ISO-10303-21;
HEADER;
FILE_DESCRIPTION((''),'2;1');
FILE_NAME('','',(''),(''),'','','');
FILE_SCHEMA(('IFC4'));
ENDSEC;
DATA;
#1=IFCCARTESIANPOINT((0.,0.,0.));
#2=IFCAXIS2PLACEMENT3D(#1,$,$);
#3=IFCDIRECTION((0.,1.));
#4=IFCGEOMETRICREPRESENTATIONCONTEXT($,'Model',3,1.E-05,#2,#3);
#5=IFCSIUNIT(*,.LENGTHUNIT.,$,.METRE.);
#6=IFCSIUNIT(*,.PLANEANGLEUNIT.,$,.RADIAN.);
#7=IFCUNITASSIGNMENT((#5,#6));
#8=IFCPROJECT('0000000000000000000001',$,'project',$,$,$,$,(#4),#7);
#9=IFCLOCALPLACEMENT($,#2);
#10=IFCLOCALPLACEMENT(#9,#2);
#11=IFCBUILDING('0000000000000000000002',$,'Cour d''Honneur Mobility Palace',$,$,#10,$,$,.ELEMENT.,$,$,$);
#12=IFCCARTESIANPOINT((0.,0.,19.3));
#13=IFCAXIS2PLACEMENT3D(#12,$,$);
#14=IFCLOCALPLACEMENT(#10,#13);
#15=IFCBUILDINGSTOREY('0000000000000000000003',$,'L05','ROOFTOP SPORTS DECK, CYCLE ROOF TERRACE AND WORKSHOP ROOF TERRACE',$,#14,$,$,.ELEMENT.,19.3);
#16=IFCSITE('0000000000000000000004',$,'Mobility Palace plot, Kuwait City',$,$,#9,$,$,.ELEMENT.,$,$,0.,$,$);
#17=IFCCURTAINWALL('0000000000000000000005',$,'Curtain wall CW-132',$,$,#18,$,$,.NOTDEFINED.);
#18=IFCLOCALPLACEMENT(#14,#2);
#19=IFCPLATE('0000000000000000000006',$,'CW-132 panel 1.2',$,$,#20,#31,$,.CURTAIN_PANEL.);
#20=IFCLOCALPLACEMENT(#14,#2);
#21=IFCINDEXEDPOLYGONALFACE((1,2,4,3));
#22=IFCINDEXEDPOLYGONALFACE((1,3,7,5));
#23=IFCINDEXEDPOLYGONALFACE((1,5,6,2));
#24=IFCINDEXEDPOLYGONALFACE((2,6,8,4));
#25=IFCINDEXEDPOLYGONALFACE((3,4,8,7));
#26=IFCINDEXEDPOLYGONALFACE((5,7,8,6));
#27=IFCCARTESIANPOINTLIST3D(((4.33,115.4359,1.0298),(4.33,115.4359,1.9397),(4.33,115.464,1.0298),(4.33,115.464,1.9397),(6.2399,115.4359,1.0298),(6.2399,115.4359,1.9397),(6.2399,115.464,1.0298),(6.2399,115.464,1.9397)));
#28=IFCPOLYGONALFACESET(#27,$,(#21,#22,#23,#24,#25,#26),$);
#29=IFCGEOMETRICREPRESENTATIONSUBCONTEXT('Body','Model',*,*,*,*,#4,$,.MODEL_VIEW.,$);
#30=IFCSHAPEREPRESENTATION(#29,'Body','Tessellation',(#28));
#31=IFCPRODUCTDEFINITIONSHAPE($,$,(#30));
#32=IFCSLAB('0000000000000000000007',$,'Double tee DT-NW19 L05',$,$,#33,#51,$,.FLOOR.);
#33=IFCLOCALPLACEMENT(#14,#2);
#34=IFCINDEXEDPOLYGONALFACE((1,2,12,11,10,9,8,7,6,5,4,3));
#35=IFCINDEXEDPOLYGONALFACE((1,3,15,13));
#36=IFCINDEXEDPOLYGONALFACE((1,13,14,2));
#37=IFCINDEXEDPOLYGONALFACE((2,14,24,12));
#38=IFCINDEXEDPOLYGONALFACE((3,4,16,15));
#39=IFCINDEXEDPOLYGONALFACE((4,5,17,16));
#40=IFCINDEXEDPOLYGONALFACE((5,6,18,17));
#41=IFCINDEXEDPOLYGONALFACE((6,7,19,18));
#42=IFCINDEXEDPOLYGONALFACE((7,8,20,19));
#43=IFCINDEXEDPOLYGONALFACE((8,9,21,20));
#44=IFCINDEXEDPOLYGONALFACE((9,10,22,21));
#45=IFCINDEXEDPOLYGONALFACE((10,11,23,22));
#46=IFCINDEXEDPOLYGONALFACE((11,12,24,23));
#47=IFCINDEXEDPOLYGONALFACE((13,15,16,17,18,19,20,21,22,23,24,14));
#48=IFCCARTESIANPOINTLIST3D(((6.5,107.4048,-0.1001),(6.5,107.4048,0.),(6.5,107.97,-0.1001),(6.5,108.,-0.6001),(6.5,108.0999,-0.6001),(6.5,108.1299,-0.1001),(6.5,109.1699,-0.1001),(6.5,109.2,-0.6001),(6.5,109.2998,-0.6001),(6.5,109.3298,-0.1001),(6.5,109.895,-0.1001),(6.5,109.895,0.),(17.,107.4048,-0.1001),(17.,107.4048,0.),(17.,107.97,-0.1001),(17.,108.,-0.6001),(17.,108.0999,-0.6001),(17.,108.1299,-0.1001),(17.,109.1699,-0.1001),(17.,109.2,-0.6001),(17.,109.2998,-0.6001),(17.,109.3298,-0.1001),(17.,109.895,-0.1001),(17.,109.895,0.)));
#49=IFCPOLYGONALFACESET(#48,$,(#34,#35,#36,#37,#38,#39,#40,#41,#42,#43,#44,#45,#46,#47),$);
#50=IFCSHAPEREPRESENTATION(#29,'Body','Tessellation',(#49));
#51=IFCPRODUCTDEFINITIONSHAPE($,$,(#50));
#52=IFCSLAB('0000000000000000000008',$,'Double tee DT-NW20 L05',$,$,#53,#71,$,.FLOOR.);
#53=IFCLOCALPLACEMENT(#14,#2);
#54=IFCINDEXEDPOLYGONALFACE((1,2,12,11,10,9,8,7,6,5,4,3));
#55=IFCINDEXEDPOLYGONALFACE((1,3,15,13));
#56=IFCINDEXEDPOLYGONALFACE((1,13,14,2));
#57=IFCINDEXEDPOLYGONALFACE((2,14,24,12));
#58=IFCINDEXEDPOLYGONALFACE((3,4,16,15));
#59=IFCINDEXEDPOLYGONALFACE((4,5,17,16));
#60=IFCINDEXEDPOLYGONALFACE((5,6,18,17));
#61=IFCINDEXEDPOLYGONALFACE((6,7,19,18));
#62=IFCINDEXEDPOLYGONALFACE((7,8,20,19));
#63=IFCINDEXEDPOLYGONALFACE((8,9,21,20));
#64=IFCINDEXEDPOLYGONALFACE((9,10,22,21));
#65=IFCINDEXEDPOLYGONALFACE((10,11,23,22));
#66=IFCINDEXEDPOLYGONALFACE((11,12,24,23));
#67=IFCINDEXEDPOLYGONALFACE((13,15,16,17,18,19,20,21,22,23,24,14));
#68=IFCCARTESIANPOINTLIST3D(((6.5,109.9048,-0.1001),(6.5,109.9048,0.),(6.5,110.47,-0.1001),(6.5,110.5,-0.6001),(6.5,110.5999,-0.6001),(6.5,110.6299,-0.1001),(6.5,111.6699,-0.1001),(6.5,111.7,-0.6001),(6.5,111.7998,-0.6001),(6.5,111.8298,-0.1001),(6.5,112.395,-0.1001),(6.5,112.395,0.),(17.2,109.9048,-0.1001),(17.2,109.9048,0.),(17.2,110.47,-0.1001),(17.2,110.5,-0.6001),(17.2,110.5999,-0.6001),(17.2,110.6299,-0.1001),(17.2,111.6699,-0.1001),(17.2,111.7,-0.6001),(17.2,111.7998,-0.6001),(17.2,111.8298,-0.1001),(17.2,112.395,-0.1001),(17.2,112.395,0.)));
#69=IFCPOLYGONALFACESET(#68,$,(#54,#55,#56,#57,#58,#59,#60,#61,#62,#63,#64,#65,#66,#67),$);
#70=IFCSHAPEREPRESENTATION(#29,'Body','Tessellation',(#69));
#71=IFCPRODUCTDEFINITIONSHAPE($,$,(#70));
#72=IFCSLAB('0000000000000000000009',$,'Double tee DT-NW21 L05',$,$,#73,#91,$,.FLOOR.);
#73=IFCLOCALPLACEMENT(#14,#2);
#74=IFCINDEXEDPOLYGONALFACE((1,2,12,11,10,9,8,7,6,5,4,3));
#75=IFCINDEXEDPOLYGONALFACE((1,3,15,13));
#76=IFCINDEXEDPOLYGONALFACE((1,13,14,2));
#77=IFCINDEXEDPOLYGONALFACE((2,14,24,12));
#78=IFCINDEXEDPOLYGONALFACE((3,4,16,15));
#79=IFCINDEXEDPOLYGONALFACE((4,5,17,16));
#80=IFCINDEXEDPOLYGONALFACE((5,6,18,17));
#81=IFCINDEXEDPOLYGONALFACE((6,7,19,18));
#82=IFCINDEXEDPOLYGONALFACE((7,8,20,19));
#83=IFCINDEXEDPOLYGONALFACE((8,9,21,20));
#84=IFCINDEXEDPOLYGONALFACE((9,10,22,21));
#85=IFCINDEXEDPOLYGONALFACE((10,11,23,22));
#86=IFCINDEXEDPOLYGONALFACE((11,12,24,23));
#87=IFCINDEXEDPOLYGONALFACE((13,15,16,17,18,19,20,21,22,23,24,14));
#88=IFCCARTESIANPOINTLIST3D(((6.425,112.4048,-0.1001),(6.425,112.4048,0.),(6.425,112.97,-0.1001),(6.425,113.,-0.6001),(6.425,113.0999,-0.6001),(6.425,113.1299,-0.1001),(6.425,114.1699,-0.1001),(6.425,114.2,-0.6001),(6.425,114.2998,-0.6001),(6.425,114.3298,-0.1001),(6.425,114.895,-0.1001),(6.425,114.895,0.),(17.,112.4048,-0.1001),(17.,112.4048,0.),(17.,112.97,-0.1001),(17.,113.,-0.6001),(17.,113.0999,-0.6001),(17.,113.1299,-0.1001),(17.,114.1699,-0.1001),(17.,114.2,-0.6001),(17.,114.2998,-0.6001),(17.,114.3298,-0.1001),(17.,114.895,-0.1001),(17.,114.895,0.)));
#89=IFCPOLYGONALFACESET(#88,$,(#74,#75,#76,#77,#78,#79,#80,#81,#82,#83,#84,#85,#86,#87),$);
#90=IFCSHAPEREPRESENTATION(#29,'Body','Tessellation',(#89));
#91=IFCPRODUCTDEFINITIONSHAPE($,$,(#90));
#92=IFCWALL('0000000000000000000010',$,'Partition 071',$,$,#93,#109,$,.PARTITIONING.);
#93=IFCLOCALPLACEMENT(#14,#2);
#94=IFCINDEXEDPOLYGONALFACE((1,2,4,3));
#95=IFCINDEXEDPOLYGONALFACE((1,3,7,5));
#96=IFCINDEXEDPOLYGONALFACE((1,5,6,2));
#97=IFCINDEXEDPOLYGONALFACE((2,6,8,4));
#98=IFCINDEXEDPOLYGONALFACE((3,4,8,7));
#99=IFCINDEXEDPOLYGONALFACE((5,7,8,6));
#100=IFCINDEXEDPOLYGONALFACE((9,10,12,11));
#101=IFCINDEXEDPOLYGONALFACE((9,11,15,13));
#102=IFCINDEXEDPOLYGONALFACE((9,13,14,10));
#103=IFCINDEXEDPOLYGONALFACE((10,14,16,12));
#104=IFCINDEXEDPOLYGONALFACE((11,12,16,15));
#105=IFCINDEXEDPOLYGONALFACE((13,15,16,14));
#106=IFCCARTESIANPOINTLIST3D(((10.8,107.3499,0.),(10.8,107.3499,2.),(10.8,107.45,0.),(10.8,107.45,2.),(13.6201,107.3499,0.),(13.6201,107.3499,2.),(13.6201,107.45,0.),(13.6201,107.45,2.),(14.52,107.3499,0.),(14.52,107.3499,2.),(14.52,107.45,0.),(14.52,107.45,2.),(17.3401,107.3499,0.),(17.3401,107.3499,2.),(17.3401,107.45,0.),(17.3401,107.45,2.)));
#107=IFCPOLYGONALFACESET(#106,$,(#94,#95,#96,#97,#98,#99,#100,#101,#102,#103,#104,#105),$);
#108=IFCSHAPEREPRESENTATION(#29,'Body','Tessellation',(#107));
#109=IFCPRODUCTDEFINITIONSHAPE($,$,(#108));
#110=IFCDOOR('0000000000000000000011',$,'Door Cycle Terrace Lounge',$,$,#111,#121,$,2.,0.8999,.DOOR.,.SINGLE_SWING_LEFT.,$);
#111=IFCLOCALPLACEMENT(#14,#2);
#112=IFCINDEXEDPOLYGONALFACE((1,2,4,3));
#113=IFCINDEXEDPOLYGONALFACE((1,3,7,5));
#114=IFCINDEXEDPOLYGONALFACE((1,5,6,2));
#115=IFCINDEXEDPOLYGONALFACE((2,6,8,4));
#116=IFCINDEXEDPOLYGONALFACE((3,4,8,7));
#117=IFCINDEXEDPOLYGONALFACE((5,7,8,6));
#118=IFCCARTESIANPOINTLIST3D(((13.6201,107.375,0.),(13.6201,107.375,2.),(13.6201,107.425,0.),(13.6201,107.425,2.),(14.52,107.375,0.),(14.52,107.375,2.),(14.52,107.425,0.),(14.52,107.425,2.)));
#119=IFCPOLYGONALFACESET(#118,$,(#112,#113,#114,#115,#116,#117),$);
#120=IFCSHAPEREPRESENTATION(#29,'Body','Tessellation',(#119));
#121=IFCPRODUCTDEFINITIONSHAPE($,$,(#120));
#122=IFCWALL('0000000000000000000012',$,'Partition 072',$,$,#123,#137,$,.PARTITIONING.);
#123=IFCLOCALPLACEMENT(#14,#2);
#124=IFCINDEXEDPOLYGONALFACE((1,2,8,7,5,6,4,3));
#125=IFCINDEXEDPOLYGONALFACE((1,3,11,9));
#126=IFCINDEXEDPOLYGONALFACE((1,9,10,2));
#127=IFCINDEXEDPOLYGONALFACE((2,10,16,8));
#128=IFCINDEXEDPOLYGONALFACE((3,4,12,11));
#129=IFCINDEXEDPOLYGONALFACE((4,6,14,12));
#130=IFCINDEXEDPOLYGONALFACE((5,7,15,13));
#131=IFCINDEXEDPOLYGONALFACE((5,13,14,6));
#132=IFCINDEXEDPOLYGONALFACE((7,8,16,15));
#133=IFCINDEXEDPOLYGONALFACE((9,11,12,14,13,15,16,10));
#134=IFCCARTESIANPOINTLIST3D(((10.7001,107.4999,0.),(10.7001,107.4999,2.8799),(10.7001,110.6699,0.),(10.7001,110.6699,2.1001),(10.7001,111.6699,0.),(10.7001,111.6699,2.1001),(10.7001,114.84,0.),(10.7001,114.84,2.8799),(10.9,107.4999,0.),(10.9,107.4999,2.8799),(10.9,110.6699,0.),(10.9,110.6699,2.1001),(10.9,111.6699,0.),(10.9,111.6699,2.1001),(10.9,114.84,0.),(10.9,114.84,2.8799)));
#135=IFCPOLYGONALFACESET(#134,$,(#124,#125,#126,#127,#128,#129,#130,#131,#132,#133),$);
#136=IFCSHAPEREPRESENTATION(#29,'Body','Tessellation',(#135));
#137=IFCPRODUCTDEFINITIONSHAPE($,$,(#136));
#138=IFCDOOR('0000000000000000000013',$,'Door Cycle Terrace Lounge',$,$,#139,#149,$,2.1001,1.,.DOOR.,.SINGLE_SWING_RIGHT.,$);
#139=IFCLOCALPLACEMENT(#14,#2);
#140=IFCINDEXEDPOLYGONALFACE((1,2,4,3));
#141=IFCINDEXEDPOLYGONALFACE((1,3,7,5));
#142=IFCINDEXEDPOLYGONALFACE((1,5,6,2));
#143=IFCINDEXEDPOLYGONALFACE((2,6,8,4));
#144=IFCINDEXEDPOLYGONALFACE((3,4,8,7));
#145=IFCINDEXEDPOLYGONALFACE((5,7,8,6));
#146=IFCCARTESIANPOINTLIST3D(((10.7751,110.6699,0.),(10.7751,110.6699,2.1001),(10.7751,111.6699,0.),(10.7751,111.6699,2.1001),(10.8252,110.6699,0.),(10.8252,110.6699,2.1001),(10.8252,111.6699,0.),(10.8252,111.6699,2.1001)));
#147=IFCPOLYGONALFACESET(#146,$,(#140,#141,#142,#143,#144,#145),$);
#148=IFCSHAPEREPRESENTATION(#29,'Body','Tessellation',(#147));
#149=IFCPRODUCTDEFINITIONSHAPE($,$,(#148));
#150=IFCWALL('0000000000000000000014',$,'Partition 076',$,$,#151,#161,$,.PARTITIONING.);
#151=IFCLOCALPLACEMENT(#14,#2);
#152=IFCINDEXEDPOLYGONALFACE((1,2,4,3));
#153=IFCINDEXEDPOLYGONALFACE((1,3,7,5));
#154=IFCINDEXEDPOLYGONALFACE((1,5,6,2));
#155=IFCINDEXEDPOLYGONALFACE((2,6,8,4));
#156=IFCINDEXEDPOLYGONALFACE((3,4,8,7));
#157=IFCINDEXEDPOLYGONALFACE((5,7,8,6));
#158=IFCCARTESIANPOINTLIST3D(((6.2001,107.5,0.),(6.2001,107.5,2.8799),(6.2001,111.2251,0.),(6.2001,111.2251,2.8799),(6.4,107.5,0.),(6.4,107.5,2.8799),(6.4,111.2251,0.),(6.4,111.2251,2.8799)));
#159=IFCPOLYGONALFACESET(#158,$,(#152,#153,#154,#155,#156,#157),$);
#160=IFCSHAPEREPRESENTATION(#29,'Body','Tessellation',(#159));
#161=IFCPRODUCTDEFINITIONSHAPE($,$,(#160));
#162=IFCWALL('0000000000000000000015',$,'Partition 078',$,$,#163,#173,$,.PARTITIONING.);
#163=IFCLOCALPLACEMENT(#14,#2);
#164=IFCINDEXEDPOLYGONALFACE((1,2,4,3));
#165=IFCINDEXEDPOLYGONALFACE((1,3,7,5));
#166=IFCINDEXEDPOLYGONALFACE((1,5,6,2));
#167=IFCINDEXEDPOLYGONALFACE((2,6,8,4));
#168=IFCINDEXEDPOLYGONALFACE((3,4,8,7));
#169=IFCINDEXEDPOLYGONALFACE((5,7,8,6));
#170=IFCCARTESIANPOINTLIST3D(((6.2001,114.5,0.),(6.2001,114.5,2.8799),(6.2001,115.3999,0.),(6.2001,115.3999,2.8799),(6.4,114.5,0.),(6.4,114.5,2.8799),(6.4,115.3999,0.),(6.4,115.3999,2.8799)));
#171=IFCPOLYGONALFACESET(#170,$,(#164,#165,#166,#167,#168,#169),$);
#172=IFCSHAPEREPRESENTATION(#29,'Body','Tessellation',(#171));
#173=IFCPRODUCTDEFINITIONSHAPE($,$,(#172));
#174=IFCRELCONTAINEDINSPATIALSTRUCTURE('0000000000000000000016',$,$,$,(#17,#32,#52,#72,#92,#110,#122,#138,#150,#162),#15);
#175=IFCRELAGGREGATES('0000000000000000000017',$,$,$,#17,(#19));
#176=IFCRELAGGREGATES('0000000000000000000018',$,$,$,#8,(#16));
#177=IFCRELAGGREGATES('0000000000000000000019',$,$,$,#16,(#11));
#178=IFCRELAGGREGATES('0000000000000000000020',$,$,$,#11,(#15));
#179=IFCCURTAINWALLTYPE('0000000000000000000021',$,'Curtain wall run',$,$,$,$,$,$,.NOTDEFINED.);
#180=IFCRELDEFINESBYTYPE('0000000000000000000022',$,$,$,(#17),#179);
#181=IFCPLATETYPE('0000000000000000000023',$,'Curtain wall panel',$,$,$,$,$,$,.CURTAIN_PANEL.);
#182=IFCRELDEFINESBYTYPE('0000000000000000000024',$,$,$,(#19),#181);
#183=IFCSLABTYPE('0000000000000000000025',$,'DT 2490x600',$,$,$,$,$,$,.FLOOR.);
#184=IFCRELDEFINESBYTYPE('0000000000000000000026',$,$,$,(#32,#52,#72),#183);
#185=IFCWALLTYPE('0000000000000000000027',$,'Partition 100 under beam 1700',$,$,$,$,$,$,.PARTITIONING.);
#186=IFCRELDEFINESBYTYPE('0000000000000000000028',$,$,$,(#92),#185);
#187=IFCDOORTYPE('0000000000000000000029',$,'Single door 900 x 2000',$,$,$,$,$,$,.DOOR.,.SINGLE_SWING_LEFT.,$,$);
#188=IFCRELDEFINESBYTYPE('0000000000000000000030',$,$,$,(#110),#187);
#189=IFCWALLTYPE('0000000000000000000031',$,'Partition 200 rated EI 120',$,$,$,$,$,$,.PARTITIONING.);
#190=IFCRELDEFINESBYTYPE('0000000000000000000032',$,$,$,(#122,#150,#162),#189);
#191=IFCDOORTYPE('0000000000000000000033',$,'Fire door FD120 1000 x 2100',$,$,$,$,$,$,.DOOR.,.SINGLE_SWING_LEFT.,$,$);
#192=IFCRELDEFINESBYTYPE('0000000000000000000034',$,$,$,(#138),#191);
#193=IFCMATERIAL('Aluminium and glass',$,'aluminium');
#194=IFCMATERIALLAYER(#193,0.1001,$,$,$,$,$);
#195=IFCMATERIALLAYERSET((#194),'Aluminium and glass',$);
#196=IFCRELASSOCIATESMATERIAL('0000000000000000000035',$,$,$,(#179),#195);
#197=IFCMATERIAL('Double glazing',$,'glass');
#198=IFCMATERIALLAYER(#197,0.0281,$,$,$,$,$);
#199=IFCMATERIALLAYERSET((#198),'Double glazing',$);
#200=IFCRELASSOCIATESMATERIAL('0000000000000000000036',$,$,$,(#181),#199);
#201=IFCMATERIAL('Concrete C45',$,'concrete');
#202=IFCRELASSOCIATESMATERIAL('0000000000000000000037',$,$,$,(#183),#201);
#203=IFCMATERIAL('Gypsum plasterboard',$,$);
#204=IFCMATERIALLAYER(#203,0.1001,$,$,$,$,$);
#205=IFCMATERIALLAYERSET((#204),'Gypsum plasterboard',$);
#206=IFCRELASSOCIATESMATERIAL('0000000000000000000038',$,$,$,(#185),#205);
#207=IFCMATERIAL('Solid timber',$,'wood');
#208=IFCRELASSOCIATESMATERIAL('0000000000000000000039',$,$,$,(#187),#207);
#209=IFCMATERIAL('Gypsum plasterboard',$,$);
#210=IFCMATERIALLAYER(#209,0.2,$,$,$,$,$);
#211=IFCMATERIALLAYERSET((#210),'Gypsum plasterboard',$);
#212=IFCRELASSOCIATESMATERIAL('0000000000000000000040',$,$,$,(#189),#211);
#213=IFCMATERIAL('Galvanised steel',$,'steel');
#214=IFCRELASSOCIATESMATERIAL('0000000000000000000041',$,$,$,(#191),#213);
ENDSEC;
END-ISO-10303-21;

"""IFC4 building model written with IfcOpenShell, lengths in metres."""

from ifc_helpers import new_model, si_unit, direction, frame, frame_2d, origin, origin_2d, place, context, subcontext, project, spatial, polyline, rectangle, outline, extrude, material, layer, layer_set, material_profile, profile_set, type_object, element, fill, aggregate, save


model = new_model("IFC4")

# Units and contexts
model_context = context("Model", 3, precision=1e-05, world=origin(), true_north=direction((0.0, 1.0)))
body_context = subcontext(model_context, "Body", "Model", "MODEL_VIEW")
ifc_project = project(units=[si_unit("LENGTHUNIT", "METRE"), si_unit("PLANEANGLEUNIT", "RADIAN")], contexts=[model_context])

# Site, building, storey
site_placement = place(None, origin())
site = spatial("IfcSite", under=ifc_project, at=site_placement, Name="Mobility Palace plot, Kuwait City", CompositionType="ELEMENT", RefElevation=0.0)
building_placement = place(site_placement, origin())
building = spatial("IfcBuilding", under=site, at=building_placement, Name="Cour d'Honneur Mobility Palace", CompositionType="ELEMENT")
storey_placement = place(building_placement, frame((0.0, 0.0, 19.3)))
storey = spatial("IfcBuildingStorey", under=building, at=storey_placement, Name="L05", Description="ROOFTOP SPORTS DECK, CYCLE ROOF TERRACE AND WORKSHOP ROOF TERRACE", CompositionType="ELEMENT", Elevation=19.3)

# Curtain wall
ifc_material_1 = material(Name="Aluminium and glass", Category="aluminium")
ifc_layer_1 = layer(ifc_material_1, 0.1001)
ifc_layer_set_1 = layer_set([ifc_layer_1], Name="Aluminium and glass")
curtain_wall_type = type_object("IfcCurtainWallType", Name="Curtain wall run", PredefinedType="NOTDEFINED", material=ifc_layer_set_1)
curtain_wall_1_placement = place(storey_placement, origin())
curtain_wall_1 = element("IfcCurtainWall", 1, at=curtain_wall_1_placement, inside=storey, type_object=curtain_wall_type, Name="Curtain wall CW-132", PredefinedType="NOTDEFINED")

# Plate
ifc_material_2 = material(Name="Double glazing", Category="glass")
ifc_layer_2 = layer(ifc_material_2, 0.0281)
ifc_layer_set_2 = layer_set([ifc_layer_2], Name="Double glazing")
plate_type = type_object("IfcPlateType", Name="Curtain wall panel", PredefinedType="CURTAIN_PANEL", material=ifc_layer_set_2)
plate_placement = place(storey_placement, frame((5.2849, 115.45, 1.0298), z_axis=(0.0, 0.0, 1.0), x_axis=(-1.0, 0.0, 0.0)))
plate = element("IfcPlate", 2, at=plate_placement, type_object=plate_type, Name="CW-132 panel 1.2", PredefinedType="CURTAIN_PANEL", context=body_context, shape_type="SweptSolid", body=[
    extrude(rectangle(XDim=1.9099, YDim=0.0281, at=origin_2d()), origin(), (0.0, 0.0, 1.0), 0.9099),
])
aggregate(curtain_wall_1, [plate])

# Slabs
ifc_material_3 = material(Name="Concrete C45", Category="concrete")
ifc_material_profile_1 = material_profile(ifc_material_3, outline(polyline([(-1.2451, 0.0), (1.2451, 0.0), (1.2451, -0.1001), (0.6799, -0.1001), (0.6499, -0.6001), (0.55, -0.6001), (0.52, -0.1001), (-0.52, -0.1001), (-0.55, -0.6001), (-0.6499, -0.6001), (-0.6799, -0.1001), (-1.2451, -0.1001), (-1.2451, 0.0)])), Name="DT 2490x600")
ifc_profile_set_1 = profile_set([ifc_material_profile_1], Name="Concrete C45")
slab_type = type_object("IfcSlabType", Name="DT 2490x600", PredefinedType="FLOOR", material=ifc_profile_set_1)
slab_1_placement = place(storey_placement, frame((6.5, 108.6499, 0.0), z_axis=(1.0, 0.0, 0.0), x_axis=(0.0, 1.0, 0.0)))
element("IfcSlab", 3, at=slab_1_placement, inside=storey, type_object=slab_type, Name="Double tee DT-NW19 L05", PredefinedType="FLOOR", context=body_context, shape_type="SweptSolid", body=[
    extrude(outline(polyline([(-1.2451, 0.0), (1.2451, 0.0), (1.2451, -0.1001), (0.6799, -0.1001), (0.6499, -0.6001), (0.55, -0.6001), (0.52, -0.1001), (-0.52, -0.1001), (-0.55, -0.6001), (-0.6499, -0.6001), (-0.6799, -0.1001), (-1.2451, -0.1001), (-1.2451, 0.0)])), origin(), (0.0, 0.0, 1.0), 10.5),
])
slab_2_placement = place(storey_placement, frame((6.5, 111.1499, 0.0), z_axis=(1.0, 0.0, 0.0), x_axis=(0.0, 1.0, 0.0)))
element("IfcSlab", 4, at=slab_2_placement, inside=storey, type_object=slab_type, Name="Double tee DT-NW20 L05", PredefinedType="FLOOR", context=body_context, shape_type="SweptSolid", body=[
    extrude(outline(polyline([(-1.2451, 0.0), (1.2451, 0.0), (1.2451, -0.1001), (0.6799, -0.1001), (0.6499, -0.6001), (0.55, -0.6001), (0.52, -0.1001), (-0.52, -0.1001), (-0.55, -0.6001), (-0.6499, -0.6001), (-0.6799, -0.1001), (-1.2451, -0.1001), (-1.2451, 0.0)])), origin(), (0.0, 0.0, 1.0), 10.7),
])
slab_3_placement = place(storey_placement, frame((6.425, 113.6499, 0.0), z_axis=(1.0, 0.0, 0.0), x_axis=(0.0, 1.0, 0.0)))
element("IfcSlab", 5, at=slab_3_placement, inside=storey, type_object=slab_type, Name="Double tee DT-NW21 L05", PredefinedType="FLOOR", context=body_context, shape_type="SweptSolid", body=[
    extrude(outline(polyline([(-1.2451, 0.0), (1.2451, 0.0), (1.2451, -0.1001), (0.6799, -0.1001), (0.6499, -0.6001), (0.55, -0.6001), (0.52, -0.1001), (-0.52, -0.1001), (-0.55, -0.6001), (-0.6499, -0.6001), (-0.6799, -0.1001), (-1.2451, -0.1001), (-1.2451, 0.0)])), origin(), (0.0, 0.0, 1.0), 10.575),
])

# Walls, openings, doors
ifc_material_4 = material(Name="Gypsum plasterboard")
ifc_layer_3 = layer(ifc_material_4, 0.1001)
ifc_layer_set_3 = layer_set([ifc_layer_3], Name="Gypsum plasterboard")
wall_type_1 = type_object("IfcWallType", Name="Partition 100 under beam 1700", PredefinedType="PARTITIONING", material=ifc_layer_set_3)
wall_1_placement = place(storey_placement, frame((10.8, 107.3999, 0.0), z_axis=(0.0, 0.0, 1.0), x_axis=(1.0, 0.0, 0.0)))
wall_1 = element("IfcWall", 6, at=wall_1_placement, inside=storey, type_object=wall_type_1, Name="Partition 071", PredefinedType="PARTITIONING", context=body_context, shape_type="SweptSolid", body=[
    extrude(rectangle(XDim=6.54, YDim=0.1001, at=frame_2d((3.27, 0.0))), origin(), (0.0, 0.0, 1.0), 2.0),
])
opening_1_placement = place(wall_1_placement, frame((2.8201, 0.0, 0.0)))
opening_1 = element("IfcOpeningElement", 7, at=opening_1_placement, cuts=wall_1, PredefinedType="OPENING", context=body_context, shape_type="SweptSolid", body=[
    extrude(rectangle(XDim=0.8999, YDim=2.0, at=frame_2d((0.45, 1.0))), frame((0.0, 0.0601, 0.0), z_axis=(0.0, -1.0, 0.0), x_axis=(1.0, 0.0, 0.0)), (0.0, 0.0, 1.0), 0.1201),
])
ifc_material_5 = material(Name="Solid timber", Category="wood")
door_type_1 = type_object("IfcDoorType", Name="Single door 900 x 2000", OperationType="SINGLE_SWING_LEFT", PredefinedType="DOOR", material=ifc_material_5)
door_1_placement = place(opening_1_placement, frame((0.8999, 0.0, 0.0), z_axis=(0.0, 0.0, 1.0), x_axis=(-1.0, 0.0, 0.0)))
door_1 = element("IfcDoor", 8, at=door_1_placement, inside=storey, type_object=door_type_1, Name="Door Cycle Terrace Lounge", OperationType="SINGLE_SWING_LEFT", OverallHeight=2.0, OverallWidth=0.8999, PredefinedType="DOOR", context=body_context, shape_type="SweptSolid", body=[
    extrude(rectangle(XDim=0.8999, YDim=2.0, at=frame_2d((0.45, 1.0))), frame((0.0, 0.0249, 0.0), z_axis=(0.0, -1.0, 0.0), x_axis=(1.0, 0.0, 0.0)), (0.0, 0.0, 1.0), 0.05),
])
fill(opening_1, door_1)
ifc_material_6 = material(Name="Gypsum plasterboard")
ifc_layer_4 = layer(ifc_material_6, 0.2)
ifc_layer_set_4 = layer_set([ifc_layer_4], Name="Gypsum plasterboard")
wall_type_2 = type_object("IfcWallType", Name="Partition 200 rated EI 120", PredefinedType="PARTITIONING", material=ifc_layer_set_4)
wall_2_placement = place(storey_placement, frame((10.8, 107.5, 0.0), z_axis=(0.0, 0.0, 1.0), x_axis=(0.0, 1.0, 0.0)))
wall_2 = element("IfcWall", 9, at=wall_2_placement, inside=storey, type_object=wall_type_2, Name="Partition 072", PredefinedType="PARTITIONING", context=body_context, shape_type="SweptSolid", body=[
    extrude(rectangle(XDim=7.3401, YDim=0.2, at=frame_2d((3.6699, 0.0))), origin(), (0.0, 0.0, 1.0), 2.8799),
])
opening_2_placement = place(wall_2_placement, frame((3.1699, 0.0, 0.0)))
opening_2 = element("IfcOpeningElement", 10, at=opening_2_placement, cuts=wall_2, PredefinedType="OPENING", context=body_context, shape_type="SweptSolid", body=[
    extrude(rectangle(XDim=1.0, YDim=2.1001, at=frame_2d((0.5, 1.05))), frame((0.0, 0.1099, 0.0), z_axis=(0.0, -1.0, 0.0), x_axis=(1.0, 0.0, 0.0)), (0.0, 0.0, 1.0), 0.22),
])
ifc_material_7 = material(Name="Galvanised steel", Category="steel")
door_type_2 = type_object("IfcDoorType", Name="Fire door FD120 1000 x 2100", OperationType="SINGLE_SWING_LEFT", PredefinedType="DOOR", material=ifc_material_7)
door_2_placement = place(opening_2_placement, origin())
door_2 = element("IfcDoor", 11, at=door_2_placement, inside=storey, type_object=door_type_2, Name="Door Cycle Terrace Lounge", OperationType="SINGLE_SWING_RIGHT", OverallHeight=2.1001, OverallWidth=1.0, PredefinedType="DOOR", context=body_context, shape_type="SweptSolid", body=[
    extrude(rectangle(XDim=1.0, YDim=2.1001, at=frame_2d((0.5, 1.05))), frame((0.0, 0.0249, 0.0), z_axis=(0.0, -1.0, 0.0), x_axis=(1.0, 0.0, 0.0)), (0.0, 0.0, 1.0), 0.05),
])
fill(opening_2, door_2)

# Walls
wall_3_placement = place(storey_placement, frame((6.3, 111.2251, 0.0), z_axis=(0.0, 0.0, 1.0), x_axis=(0.0, -1.0, 0.0)))
element("IfcWall", 12, at=wall_3_placement, inside=storey, type_object=wall_type_2, Name="Partition 076", PredefinedType="PARTITIONING", context=body_context, shape_type="SweptSolid", body=[
    extrude(rectangle(XDim=3.7251, YDim=0.2, at=frame_2d((1.8625, 0.0))), origin(), (0.0, 0.0, 1.0), 2.8799),
])
wall_4_placement = place(storey_placement, frame((6.3, 115.3999, 0.0), z_axis=(0.0, 0.0, 1.0), x_axis=(0.0, -1.0, 0.0)))
element("IfcWall", 13, at=wall_4_placement, inside=storey, type_object=wall_type_2, Name="Partition 078", PredefinedType="PARTITIONING", context=body_context, shape_type="SweptSolid", body=[
    extrude(rectangle(XDim=0.8999, YDim=0.2, at=frame_2d((0.45, 0.0))), origin(), (0.0, 0.0, 1.0), 2.8799),
])

save(model, "model.ifc")
